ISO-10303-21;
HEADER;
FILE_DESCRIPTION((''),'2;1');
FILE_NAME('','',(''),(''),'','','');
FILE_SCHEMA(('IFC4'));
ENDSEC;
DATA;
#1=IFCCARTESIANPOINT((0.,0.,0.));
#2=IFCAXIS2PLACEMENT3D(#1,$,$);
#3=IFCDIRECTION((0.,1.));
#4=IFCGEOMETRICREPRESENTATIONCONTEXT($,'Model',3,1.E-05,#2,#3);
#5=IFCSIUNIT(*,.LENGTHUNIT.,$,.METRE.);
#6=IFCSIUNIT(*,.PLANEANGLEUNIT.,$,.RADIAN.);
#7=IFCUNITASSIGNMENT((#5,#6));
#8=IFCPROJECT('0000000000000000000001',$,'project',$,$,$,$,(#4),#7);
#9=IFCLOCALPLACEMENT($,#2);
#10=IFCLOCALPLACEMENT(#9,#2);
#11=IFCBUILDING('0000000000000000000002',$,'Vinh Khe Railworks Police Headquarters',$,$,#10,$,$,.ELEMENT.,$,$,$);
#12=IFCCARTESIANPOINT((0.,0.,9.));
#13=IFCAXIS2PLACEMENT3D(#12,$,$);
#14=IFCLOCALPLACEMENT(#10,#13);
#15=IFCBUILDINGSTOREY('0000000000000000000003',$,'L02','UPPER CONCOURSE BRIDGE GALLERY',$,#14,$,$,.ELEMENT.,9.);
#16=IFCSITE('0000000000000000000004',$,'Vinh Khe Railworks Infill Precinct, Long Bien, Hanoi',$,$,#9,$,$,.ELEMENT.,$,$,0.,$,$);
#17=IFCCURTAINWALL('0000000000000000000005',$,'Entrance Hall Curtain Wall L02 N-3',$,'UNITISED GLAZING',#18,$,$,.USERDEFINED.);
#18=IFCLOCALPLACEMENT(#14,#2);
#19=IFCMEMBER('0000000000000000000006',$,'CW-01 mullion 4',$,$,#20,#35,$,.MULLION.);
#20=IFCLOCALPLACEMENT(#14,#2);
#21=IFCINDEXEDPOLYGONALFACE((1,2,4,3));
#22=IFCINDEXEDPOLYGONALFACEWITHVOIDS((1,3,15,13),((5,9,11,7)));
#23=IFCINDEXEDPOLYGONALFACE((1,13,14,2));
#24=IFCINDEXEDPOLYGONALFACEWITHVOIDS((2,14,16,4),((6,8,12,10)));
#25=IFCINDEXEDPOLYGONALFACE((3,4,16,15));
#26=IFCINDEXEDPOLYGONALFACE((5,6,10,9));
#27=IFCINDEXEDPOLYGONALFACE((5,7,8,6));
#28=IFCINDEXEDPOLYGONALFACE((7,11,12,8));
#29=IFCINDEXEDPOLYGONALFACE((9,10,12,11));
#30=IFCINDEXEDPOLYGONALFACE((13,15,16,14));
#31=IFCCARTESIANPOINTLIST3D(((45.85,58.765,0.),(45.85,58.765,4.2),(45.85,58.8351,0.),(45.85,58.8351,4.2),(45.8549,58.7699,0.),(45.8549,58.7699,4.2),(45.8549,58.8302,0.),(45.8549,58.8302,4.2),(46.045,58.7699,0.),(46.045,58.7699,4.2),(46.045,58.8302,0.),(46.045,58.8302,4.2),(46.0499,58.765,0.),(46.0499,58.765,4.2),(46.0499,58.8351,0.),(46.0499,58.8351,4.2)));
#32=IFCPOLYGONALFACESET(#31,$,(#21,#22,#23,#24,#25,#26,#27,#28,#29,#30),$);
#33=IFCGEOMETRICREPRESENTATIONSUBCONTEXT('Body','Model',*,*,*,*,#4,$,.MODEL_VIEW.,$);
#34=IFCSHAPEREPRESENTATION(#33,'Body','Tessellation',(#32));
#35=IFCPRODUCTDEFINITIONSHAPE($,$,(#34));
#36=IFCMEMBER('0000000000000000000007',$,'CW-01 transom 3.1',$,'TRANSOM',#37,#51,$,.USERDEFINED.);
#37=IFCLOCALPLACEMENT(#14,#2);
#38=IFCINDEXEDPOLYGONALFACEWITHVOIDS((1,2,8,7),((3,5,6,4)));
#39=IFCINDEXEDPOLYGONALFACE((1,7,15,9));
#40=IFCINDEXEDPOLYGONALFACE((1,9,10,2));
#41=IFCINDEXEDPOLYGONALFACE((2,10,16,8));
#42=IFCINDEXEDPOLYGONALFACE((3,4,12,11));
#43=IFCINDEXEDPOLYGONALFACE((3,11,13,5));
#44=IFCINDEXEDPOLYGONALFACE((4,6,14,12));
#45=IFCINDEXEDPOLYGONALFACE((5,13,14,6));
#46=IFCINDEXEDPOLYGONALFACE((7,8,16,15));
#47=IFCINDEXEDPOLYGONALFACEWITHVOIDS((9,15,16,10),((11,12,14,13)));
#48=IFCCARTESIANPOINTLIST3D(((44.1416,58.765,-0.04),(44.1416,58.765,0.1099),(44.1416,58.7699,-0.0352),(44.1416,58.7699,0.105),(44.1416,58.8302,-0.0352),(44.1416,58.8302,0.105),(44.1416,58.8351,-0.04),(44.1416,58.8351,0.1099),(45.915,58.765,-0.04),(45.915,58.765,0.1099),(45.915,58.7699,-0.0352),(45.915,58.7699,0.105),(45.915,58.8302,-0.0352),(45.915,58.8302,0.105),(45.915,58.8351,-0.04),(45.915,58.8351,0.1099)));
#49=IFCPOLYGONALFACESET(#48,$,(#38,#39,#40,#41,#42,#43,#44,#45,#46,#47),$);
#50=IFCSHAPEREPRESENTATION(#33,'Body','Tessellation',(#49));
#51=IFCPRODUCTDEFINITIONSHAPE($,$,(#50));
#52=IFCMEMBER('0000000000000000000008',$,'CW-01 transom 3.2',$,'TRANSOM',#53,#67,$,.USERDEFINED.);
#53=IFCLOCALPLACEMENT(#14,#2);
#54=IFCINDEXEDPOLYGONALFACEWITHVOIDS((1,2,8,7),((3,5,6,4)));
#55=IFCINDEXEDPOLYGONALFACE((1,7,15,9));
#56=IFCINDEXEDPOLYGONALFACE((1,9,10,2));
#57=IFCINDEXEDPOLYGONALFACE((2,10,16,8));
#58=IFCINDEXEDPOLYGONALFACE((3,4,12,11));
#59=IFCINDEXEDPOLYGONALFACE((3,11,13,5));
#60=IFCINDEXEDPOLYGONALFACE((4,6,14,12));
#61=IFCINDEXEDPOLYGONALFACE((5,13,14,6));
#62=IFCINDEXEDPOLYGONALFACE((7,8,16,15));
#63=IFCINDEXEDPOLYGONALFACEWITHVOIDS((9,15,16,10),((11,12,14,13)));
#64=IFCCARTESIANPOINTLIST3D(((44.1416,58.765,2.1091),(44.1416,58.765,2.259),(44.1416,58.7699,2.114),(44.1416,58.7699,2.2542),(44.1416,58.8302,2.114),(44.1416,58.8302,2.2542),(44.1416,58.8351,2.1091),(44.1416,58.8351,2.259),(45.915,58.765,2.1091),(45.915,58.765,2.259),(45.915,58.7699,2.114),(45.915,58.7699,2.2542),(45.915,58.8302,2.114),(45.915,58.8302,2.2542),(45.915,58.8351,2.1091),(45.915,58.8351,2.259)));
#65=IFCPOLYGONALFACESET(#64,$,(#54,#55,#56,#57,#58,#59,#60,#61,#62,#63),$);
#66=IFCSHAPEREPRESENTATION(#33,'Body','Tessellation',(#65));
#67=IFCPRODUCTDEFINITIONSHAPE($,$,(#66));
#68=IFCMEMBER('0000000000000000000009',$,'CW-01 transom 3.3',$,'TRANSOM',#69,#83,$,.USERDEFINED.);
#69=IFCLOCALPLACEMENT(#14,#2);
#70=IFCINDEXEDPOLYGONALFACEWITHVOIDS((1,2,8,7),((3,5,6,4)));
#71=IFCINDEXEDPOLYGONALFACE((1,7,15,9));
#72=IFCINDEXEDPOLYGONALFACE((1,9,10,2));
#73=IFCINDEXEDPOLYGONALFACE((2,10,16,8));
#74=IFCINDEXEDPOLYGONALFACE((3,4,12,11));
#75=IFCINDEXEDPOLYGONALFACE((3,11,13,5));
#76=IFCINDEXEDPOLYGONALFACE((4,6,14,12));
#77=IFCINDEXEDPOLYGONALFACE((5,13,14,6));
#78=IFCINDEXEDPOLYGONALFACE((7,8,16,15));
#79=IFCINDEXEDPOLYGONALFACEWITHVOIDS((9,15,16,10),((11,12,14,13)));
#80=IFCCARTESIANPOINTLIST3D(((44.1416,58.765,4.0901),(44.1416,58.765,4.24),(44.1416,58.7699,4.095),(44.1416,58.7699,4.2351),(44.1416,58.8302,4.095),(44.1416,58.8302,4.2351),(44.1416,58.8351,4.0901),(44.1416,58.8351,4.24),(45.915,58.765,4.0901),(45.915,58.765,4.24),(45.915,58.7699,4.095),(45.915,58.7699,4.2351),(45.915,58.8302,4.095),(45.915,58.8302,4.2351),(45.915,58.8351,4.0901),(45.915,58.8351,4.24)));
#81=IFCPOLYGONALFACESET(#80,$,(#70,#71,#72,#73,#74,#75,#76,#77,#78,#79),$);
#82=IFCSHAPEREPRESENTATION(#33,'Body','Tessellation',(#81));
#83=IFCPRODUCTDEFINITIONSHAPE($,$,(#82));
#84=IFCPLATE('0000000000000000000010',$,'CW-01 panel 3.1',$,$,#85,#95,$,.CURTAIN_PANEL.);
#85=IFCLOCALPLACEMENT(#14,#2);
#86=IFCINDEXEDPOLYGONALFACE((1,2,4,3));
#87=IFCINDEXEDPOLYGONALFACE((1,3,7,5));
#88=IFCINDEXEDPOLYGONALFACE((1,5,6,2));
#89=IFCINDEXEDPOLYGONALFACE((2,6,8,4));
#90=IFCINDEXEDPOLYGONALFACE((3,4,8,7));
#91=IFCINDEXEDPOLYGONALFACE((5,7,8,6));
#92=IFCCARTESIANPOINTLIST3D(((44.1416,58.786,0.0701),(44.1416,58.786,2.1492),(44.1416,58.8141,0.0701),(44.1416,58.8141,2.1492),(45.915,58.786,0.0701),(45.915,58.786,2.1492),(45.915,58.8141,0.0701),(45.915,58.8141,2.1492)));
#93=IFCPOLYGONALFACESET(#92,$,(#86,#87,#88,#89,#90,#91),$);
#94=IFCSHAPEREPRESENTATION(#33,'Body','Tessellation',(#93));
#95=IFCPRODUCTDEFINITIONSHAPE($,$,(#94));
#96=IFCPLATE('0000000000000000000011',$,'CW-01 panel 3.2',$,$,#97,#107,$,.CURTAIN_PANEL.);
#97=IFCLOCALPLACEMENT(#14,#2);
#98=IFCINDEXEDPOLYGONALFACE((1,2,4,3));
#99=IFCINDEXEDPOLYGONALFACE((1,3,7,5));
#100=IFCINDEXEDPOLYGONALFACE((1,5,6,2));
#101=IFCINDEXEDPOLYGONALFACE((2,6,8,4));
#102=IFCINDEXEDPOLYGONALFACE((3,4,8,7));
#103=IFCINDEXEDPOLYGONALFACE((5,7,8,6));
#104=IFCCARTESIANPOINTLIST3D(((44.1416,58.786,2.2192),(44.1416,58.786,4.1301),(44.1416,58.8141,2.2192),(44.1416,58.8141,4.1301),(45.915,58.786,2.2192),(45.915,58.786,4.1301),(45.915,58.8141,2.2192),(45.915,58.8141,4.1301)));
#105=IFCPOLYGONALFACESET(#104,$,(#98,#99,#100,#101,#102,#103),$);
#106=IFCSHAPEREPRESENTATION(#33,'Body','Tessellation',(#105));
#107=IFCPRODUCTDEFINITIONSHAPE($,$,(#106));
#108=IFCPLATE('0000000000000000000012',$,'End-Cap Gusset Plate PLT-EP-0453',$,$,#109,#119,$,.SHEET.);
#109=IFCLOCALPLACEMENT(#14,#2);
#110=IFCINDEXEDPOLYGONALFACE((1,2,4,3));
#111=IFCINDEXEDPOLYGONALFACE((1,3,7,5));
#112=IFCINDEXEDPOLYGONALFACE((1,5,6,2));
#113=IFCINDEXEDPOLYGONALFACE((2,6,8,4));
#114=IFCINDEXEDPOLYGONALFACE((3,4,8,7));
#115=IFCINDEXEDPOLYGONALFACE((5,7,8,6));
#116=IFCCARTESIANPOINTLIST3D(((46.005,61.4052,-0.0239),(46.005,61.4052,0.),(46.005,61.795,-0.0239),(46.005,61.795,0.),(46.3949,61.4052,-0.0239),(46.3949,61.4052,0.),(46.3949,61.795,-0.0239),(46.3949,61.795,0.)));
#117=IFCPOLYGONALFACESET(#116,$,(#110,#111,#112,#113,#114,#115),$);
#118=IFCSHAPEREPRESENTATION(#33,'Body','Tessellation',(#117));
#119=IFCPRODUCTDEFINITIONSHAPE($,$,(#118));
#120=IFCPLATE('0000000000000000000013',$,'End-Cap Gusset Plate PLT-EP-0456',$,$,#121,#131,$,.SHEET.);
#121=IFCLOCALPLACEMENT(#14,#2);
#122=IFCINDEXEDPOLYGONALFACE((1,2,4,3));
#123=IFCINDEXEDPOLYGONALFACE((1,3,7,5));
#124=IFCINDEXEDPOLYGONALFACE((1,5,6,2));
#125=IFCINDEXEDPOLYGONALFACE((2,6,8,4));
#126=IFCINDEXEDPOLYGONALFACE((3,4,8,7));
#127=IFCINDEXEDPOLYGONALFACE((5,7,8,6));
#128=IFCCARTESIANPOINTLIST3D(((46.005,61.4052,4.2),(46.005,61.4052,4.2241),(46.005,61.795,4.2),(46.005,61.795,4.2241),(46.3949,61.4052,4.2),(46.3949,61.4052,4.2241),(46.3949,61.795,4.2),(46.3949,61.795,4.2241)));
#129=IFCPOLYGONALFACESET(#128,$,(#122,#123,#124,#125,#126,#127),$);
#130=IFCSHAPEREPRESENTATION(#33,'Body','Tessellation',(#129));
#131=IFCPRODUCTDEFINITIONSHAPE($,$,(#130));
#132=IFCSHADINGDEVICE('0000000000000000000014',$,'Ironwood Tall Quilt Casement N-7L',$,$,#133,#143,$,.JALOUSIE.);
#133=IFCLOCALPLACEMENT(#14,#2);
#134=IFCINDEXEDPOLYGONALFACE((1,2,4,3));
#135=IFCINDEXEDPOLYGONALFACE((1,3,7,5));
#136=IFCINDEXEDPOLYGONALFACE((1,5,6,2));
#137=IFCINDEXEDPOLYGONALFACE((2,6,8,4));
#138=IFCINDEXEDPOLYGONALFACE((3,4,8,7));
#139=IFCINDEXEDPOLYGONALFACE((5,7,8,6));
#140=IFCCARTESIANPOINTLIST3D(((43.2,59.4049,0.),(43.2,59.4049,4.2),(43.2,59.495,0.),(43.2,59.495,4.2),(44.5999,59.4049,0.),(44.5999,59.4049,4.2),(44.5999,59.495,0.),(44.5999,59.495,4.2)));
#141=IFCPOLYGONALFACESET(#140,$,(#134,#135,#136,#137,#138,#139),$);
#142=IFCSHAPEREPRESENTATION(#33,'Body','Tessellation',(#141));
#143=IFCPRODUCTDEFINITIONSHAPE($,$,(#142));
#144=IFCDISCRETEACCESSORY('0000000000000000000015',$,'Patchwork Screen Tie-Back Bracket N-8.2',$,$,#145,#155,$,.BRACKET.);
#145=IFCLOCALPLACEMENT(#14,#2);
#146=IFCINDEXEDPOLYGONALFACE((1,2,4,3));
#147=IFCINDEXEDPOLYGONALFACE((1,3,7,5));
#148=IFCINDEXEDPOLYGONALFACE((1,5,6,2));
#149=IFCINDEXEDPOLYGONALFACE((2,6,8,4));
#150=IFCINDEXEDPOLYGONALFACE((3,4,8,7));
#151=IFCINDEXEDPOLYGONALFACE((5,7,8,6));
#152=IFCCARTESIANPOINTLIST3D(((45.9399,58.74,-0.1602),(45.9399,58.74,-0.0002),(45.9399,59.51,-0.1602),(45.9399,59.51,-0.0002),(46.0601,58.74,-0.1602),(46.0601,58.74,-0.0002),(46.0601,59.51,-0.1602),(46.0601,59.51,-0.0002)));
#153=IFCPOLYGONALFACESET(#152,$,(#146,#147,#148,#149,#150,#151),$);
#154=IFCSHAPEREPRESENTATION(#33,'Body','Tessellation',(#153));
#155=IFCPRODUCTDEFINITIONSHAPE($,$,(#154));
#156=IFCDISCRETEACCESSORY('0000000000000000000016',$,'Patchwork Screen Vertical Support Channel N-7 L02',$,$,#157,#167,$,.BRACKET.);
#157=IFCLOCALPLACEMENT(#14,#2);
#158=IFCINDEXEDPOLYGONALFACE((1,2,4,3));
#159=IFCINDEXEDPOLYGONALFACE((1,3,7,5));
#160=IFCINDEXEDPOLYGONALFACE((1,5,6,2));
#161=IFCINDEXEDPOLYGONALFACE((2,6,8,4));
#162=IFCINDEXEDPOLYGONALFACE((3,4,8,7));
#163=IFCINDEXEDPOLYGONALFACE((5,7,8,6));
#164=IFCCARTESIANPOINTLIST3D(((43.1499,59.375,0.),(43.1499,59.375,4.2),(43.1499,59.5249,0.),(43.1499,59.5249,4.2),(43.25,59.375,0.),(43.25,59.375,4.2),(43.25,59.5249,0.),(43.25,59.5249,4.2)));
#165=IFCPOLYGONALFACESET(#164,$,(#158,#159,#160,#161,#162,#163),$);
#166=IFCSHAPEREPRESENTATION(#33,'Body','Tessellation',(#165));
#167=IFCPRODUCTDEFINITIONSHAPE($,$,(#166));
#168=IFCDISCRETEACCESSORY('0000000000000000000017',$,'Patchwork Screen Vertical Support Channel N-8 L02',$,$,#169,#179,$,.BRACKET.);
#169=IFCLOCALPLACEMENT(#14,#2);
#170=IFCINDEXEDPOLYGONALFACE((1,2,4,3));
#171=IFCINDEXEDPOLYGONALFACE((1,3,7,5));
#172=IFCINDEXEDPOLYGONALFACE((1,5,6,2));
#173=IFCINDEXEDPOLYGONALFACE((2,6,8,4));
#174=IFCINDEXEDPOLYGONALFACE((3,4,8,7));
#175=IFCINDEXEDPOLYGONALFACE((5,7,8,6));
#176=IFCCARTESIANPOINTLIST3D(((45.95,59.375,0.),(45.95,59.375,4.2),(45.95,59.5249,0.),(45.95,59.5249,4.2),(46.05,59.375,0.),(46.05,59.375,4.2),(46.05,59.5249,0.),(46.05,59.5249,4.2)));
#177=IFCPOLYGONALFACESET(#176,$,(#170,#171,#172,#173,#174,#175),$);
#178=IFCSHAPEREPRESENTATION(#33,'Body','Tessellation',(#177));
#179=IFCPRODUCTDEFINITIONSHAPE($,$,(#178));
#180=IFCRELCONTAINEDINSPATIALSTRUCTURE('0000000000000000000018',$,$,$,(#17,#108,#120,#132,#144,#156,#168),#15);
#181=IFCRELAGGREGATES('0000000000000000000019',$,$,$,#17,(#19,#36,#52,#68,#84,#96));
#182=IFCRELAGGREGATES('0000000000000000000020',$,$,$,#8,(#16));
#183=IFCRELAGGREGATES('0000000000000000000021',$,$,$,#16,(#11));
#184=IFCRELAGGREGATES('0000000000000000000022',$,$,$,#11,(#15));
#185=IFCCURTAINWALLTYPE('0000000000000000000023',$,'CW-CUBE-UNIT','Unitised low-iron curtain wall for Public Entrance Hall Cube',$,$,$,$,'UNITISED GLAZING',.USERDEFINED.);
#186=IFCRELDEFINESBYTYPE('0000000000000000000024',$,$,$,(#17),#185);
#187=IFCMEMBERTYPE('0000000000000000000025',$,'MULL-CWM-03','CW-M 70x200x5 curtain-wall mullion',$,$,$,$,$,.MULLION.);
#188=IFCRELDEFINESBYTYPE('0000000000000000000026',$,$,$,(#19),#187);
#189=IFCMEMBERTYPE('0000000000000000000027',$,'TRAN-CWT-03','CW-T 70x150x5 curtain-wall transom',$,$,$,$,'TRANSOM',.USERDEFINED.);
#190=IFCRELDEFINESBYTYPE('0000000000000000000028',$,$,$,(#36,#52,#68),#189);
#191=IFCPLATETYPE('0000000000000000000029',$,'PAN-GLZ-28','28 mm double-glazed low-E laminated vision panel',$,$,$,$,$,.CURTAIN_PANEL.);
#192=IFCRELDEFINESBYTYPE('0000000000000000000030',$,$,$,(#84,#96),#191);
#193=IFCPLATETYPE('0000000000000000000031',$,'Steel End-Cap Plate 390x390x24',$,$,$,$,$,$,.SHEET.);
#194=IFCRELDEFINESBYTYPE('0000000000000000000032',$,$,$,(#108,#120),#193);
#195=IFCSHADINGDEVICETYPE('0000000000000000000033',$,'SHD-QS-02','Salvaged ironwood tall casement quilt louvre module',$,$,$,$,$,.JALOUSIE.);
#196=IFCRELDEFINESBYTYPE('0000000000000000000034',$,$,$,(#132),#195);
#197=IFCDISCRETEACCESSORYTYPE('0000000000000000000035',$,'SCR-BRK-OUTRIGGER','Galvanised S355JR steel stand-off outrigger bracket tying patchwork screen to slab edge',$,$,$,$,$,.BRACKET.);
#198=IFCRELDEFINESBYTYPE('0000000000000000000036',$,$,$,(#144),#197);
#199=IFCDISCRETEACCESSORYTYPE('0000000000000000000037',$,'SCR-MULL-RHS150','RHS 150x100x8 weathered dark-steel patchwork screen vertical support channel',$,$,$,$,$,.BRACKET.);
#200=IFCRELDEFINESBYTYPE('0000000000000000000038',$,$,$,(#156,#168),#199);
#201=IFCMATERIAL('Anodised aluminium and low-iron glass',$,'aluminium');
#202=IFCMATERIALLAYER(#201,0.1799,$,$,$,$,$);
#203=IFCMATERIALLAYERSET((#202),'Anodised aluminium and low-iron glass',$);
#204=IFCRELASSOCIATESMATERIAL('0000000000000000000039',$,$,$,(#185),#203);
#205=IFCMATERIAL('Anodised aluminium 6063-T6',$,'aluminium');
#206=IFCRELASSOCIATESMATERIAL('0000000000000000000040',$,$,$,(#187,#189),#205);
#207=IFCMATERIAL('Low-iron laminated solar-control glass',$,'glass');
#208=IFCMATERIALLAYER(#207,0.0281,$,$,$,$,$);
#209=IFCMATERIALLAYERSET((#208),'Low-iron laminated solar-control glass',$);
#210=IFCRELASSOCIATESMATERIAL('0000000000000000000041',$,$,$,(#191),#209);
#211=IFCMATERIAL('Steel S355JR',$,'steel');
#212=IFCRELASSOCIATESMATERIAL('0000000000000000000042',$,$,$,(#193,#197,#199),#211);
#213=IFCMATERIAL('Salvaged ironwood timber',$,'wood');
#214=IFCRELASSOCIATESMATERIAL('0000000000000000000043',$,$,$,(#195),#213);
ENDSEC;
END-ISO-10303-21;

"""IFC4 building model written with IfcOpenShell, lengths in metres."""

from ifc_helpers import new_model, si_unit, direction, frame, origin, origin_2d, place, context, subcontext, project, spatial, rectangle, hollow_rectangle, extrude, material, layer, layer_set, material_profile, profile_set, type_object, element, aggregate, save


model = new_model("IFC4")

# Units and contexts
model_context = context("Model", 3, precision=1e-05, world=origin(), true_north=direction((0.0, 1.0)))
body_context = subcontext(model_context, "Body", "Model", "MODEL_VIEW")
ifc_project = project(units=[si_unit("LENGTHUNIT", "METRE"), si_unit("PLANEANGLEUNIT", "RADIAN")], contexts=[model_context])

# Site, building, storey
site_placement = place(None, origin())
site = spatial("IfcSite", under=ifc_project, at=site_placement, Name="Vinh Khe Railworks Infill Precinct, Long Bien, Hanoi", CompositionType="ELEMENT", RefElevation=0.0)
building_placement = place(site_placement, origin())
building = spatial("IfcBuilding", under=site, at=building_placement, Name="Vinh Khe Railworks Police Headquarters", CompositionType="ELEMENT")
storey_placement = place(building_placement, frame((0.0, 0.0, 9.0)))
storey = spatial("IfcBuildingStorey", under=building, at=storey_placement, Name="L02", Description="UPPER CONCOURSE BRIDGE GALLERY", CompositionType="ELEMENT", Elevation=9.0)

# Shared definitions
ifc_material_1 = material(Name="Steel S355JR", Category="steel")

# Shared definitions
ifc_material_2 = material(Name="Salvaged ironwood timber", Category="wood")

# Curtain wall, members, plates
ifc_material_3 = material(Name="Anodised aluminium and low-iron glass", Category="aluminium")
ifc_layer_1 = layer(ifc_material_3, 0.1799)
ifc_layer_set_1 = layer_set([ifc_layer_1], Name="Anodised aluminium and low-iron glass")
curtain_wall_type = type_object("IfcCurtainWallType", Name="CW-CUBE-UNIT", Description="Unitised low-iron curtain wall for Public Entrance Hall Cube", ElementType="UNITISED GLAZING", PredefinedType="USERDEFINED", material=ifc_layer_set_1)
curtain_wall_placement = place(storey_placement, origin())
curtain_wall = element("IfcCurtainWall", 1, at=curtain_wall_placement, inside=storey, type_object=curtain_wall_type, Name="Entrance Hall Curtain Wall L02 N-3", ObjectType="UNITISED GLAZING", PredefinedType="USERDEFINED")
ifc_material_4 = material(Name="Anodised aluminium 6063-T6", Category="aluminium")
ifc_material_profile_1 = material_profile(ifc_material_4, hollow_rectangle(XDim=0.0701, YDim=0.2, WallThickness=0.0049, at=origin_2d()), Name="CW-M 70x200x5")
ifc_profile_set_1 = profile_set([ifc_material_profile_1], Name="Anodised aluminium 6063-T6")
member_type_1 = type_object("IfcMemberType", Name="MULL-CWM-03", Description="CW-M 70x200x5 curtain-wall mullion", PredefinedType="MULLION", material=ifc_profile_set_1)
member_1_placement = place(storey_placement, frame((45.95, 58.8, 0.0), z_axis=(0.0, 0.0, 1.0), x_axis=(0.0, 1.0, 0.0)))
member_1 = element("IfcMember", 2, at=member_1_placement, type_object=member_type_1, Name="CW-01 mullion 4", PredefinedType="MULLION", context=body_context, shape_type="SweptSolid", body=[
    extrude(hollow_rectangle(XDim=0.0701, YDim=0.2, WallThickness=0.0049, at=origin_2d()), origin(), (0.0, 0.0, 1.0), 4.2),
])
ifc_material_profile_2 = material_profile(ifc_material_4, hollow_rectangle(XDim=0.0701, YDim=0.1499, WallThickness=0.0049, at=origin_2d()), Name="CW-T 70x150x5")
ifc_profile_set_2 = profile_set([ifc_material_profile_2], Name="Anodised aluminium 6063-T6")
member_type_2 = type_object("IfcMemberType", Name="TRAN-CWT-03", Description="CW-T 70x150x5 curtain-wall transom", ElementType="TRANSOM", PredefinedType="USERDEFINED", material=ifc_profile_set_2)
member_2_placement = place(storey_placement, frame((44.1416, 58.8, 0.0349), z_axis=(1.0, 0.0, 0.0), x_axis=(0.0, 1.0, 0.0)))
member_2 = element("IfcMember", 3, at=member_2_placement, type_object=member_type_2, Name="CW-01 transom 3.1", ObjectType="TRANSOM", PredefinedType="USERDEFINED", context=body_context, shape_type="SweptSolid", body=[
    extrude(hollow_rectangle(XDim=0.0701, YDim=0.1499, WallThickness=0.0049, at=origin_2d()), origin(), (0.0, 0.0, 1.0), 1.7734),
])
member_3_placement = place(storey_placement, frame((44.1416, 58.8, 2.1841), z_axis=(1.0, 0.0, 0.0), x_axis=(0.0, 1.0, 0.0)))
member_3 = element("IfcMember", 4, at=member_3_placement, type_object=member_type_2, Name="CW-01 transom 3.2", ObjectType="TRANSOM", PredefinedType="USERDEFINED", context=body_context, shape_type="SweptSolid", body=[
    extrude(hollow_rectangle(XDim=0.0701, YDim=0.1499, WallThickness=0.0049, at=origin_2d()), origin(), (0.0, 0.0, 1.0), 1.7734),
])
member_4_placement = place(storey_placement, frame((44.1416, 58.8, 4.165), z_axis=(1.0, 0.0, 0.0), x_axis=(0.0, 1.0, 0.0)))
member_4 = element("IfcMember", 5, at=member_4_placement, type_object=member_type_2, Name="CW-01 transom 3.3", ObjectType="TRANSOM", PredefinedType="USERDEFINED", context=body_context, shape_type="SweptSolid", body=[
    extrude(hollow_rectangle(XDim=0.0701, YDim=0.1499, WallThickness=0.0049, at=origin_2d()), origin(), (0.0, 0.0, 1.0), 1.7734),
])
ifc_material_5 = material(Name="Low-iron laminated solar-control glass", Category="glass")
ifc_layer_2 = layer(ifc_material_5, 0.0281)
ifc_layer_set_2 = layer_set([ifc_layer_2], Name="Low-iron laminated solar-control glass")
plate_type_1 = type_object("IfcPlateType", Name="PAN-GLZ-28", Description="28 mm double-glazed low-E laminated vision panel", PredefinedType="CURTAIN_PANEL", material=ifc_layer_set_2)
plate_1_placement = place(storey_placement, frame((45.0283, 58.8, 0.0701), z_axis=(0.0, 0.0, 1.0), x_axis=(1.0, 0.0, 0.0)))
plate_1 = element("IfcPlate", 6, at=plate_1_placement, type_object=plate_type_1, Name="CW-01 panel 3.1", PredefinedType="CURTAIN_PANEL", context=body_context, shape_type="SweptSolid", body=[
    extrude(rectangle(XDim=1.7734, YDim=0.0281, at=origin_2d()), origin(), (0.0, 0.0, 1.0), 2.0791),
])
plate_2_placement = place(storey_placement, frame((45.0283, 58.8, 2.2192), z_axis=(0.0, 0.0, 1.0), x_axis=(1.0, 0.0, 0.0)))
plate_2 = element("IfcPlate", 7, at=plate_2_placement, type_object=plate_type_1, Name="CW-01 panel 3.2", PredefinedType="CURTAIN_PANEL", context=body_context, shape_type="SweptSolid", body=[
    extrude(rectangle(XDim=1.7734, YDim=0.0281, at=origin_2d()), origin(), (0.0, 0.0, 1.0), 1.9109),
])
aggregate(curtain_wall, [member_1, member_2, member_3, member_4, plate_1, plate_2])

# Plates
ifc_material_profile_3 = material_profile(ifc_material_1, rectangle(XDim=0.3899, YDim=0.3899, at=origin_2d()), Name="PL 390x390")
ifc_profile_set_3 = profile_set([ifc_material_profile_3], Name="Steel S355JR")
plate_type_2 = type_object("IfcPlateType", Name="Steel End-Cap Plate 390x390x24", PredefinedType="SHEET", material=ifc_profile_set_3)
plate_3_placement = place(storey_placement, frame((46.2, 61.6001, 0.0), z_axis=(0.0, 0.0, -1.0), x_axis=(1.0, 0.0, 0.0)))
element("IfcPlate", 8, at=plate_3_placement, inside=storey, type_object=plate_type_2, Name="End-Cap Gusset Plate PLT-EP-0453", PredefinedType="SHEET", context=body_context, shape_type="SweptSolid", body=[
    extrude(rectangle(XDim=0.3899, YDim=0.3899, at=origin_2d()), origin(), (0.0, 0.0, 1.0), 0.0239),
])
plate_4_placement = place(storey_placement, frame((46.2, 61.6001, 4.2), z_axis=(0.0, 0.0, 1.0), x_axis=(1.0, 0.0, 0.0)))
element("IfcPlate", 9, at=plate_4_placement, inside=storey, type_object=plate_type_2, Name="End-Cap Gusset Plate PLT-EP-0456", PredefinedType="SHEET", context=body_context, shape_type="SweptSolid", body=[
    extrude(rectangle(XDim=0.3899, YDim=0.3899, at=origin_2d()), origin(), (0.0, 0.0, 1.0), 0.0242),
])

# Shading device
shading_device_type = type_object("IfcShadingDeviceType", Name="SHD-QS-02", Description="Salvaged ironwood tall casement quilt louvre module", PredefinedType="JALOUSIE", material=ifc_material_2)
shading_device_placement = place(storey_placement, frame((43.8999, 59.45, 0.0), z_axis=(0.0, 0.0, 1.0), x_axis=(1.0, 0.0, 0.0)))
element("IfcShadingDevice", 10, at=shading_device_placement, inside=storey, type_object=shading_device_type, Name="Ironwood Tall Quilt Casement N-7L", PredefinedType="JALOUSIE", context=body_context, shape_type="SweptSolid", body=[
    extrude(rectangle(XDim=1.3999, YDim=0.0901, at=origin_2d()), origin(), (0.0, 0.0, 1.0), 4.2),
])

# Discrete accessories
discrete_accessory_type_1 = type_object("IfcDiscreteAccessoryType", Name="SCR-BRK-OUTRIGGER", Description="Galvanised S355JR steel stand-off outrigger bracket tying patchwork screen to slab edge", PredefinedType="BRACKET", material=ifc_material_1)
discrete_accessory_placement = place(storey_placement, frame((46.0, 59.125, -0.1602), z_axis=(0.0, 0.0, 1.0), x_axis=(1.0, 0.0, 0.0)))
element("IfcDiscreteAccessory", 11, at=discrete_accessory_placement, inside=storey, type_object=discrete_accessory_type_1, Name="Patchwork Screen Tie-Back Bracket N-8.2", PredefinedType="BRACKET", context=body_context, shape_type="SweptSolid", body=[
    extrude(rectangle(XDim=0.1201, YDim=0.77, at=origin_2d()), origin(), (0.0, 0.0, 1.0), 0.1599),
])
discrete_accessory_type_2 = type_object("IfcDiscreteAccessoryType", Name="SCR-MULL-RHS150", Description="RHS 150x100x8 weathered dark-steel patchwork screen vertical support channel", PredefinedType="BRACKET", material=ifc_material_1)
for number, where, z_axis, x_axis, name in (
    (12, (43.2, 59.45, 0.0), (0.0, 0.0, 1.0), (1.0, 0.0, 0.0), "Patchwork Screen Vertical Support Channel N-7 L02"),
    (13, (46.0, 59.45, 0.0), (0.0, 0.0, 1.0), (1.0, 0.0, 0.0), "Patchwork Screen Vertical Support Channel N-8 L02"),
):
    element("IfcDiscreteAccessory", number, at=place(storey_placement, frame(where, z_axis=z_axis, x_axis=x_axis)), inside=storey, type_object=discrete_accessory_type_2, Name=name, PredefinedType="BRACKET", context=body_context, shape_type="SweptSolid", body=[
        extrude(rectangle(XDim=0.1001, YDim=0.1499, at=origin_2d()), origin(), (0.0, 0.0, 1.0), 4.2),
    ])

save(model, "model.ifc")
